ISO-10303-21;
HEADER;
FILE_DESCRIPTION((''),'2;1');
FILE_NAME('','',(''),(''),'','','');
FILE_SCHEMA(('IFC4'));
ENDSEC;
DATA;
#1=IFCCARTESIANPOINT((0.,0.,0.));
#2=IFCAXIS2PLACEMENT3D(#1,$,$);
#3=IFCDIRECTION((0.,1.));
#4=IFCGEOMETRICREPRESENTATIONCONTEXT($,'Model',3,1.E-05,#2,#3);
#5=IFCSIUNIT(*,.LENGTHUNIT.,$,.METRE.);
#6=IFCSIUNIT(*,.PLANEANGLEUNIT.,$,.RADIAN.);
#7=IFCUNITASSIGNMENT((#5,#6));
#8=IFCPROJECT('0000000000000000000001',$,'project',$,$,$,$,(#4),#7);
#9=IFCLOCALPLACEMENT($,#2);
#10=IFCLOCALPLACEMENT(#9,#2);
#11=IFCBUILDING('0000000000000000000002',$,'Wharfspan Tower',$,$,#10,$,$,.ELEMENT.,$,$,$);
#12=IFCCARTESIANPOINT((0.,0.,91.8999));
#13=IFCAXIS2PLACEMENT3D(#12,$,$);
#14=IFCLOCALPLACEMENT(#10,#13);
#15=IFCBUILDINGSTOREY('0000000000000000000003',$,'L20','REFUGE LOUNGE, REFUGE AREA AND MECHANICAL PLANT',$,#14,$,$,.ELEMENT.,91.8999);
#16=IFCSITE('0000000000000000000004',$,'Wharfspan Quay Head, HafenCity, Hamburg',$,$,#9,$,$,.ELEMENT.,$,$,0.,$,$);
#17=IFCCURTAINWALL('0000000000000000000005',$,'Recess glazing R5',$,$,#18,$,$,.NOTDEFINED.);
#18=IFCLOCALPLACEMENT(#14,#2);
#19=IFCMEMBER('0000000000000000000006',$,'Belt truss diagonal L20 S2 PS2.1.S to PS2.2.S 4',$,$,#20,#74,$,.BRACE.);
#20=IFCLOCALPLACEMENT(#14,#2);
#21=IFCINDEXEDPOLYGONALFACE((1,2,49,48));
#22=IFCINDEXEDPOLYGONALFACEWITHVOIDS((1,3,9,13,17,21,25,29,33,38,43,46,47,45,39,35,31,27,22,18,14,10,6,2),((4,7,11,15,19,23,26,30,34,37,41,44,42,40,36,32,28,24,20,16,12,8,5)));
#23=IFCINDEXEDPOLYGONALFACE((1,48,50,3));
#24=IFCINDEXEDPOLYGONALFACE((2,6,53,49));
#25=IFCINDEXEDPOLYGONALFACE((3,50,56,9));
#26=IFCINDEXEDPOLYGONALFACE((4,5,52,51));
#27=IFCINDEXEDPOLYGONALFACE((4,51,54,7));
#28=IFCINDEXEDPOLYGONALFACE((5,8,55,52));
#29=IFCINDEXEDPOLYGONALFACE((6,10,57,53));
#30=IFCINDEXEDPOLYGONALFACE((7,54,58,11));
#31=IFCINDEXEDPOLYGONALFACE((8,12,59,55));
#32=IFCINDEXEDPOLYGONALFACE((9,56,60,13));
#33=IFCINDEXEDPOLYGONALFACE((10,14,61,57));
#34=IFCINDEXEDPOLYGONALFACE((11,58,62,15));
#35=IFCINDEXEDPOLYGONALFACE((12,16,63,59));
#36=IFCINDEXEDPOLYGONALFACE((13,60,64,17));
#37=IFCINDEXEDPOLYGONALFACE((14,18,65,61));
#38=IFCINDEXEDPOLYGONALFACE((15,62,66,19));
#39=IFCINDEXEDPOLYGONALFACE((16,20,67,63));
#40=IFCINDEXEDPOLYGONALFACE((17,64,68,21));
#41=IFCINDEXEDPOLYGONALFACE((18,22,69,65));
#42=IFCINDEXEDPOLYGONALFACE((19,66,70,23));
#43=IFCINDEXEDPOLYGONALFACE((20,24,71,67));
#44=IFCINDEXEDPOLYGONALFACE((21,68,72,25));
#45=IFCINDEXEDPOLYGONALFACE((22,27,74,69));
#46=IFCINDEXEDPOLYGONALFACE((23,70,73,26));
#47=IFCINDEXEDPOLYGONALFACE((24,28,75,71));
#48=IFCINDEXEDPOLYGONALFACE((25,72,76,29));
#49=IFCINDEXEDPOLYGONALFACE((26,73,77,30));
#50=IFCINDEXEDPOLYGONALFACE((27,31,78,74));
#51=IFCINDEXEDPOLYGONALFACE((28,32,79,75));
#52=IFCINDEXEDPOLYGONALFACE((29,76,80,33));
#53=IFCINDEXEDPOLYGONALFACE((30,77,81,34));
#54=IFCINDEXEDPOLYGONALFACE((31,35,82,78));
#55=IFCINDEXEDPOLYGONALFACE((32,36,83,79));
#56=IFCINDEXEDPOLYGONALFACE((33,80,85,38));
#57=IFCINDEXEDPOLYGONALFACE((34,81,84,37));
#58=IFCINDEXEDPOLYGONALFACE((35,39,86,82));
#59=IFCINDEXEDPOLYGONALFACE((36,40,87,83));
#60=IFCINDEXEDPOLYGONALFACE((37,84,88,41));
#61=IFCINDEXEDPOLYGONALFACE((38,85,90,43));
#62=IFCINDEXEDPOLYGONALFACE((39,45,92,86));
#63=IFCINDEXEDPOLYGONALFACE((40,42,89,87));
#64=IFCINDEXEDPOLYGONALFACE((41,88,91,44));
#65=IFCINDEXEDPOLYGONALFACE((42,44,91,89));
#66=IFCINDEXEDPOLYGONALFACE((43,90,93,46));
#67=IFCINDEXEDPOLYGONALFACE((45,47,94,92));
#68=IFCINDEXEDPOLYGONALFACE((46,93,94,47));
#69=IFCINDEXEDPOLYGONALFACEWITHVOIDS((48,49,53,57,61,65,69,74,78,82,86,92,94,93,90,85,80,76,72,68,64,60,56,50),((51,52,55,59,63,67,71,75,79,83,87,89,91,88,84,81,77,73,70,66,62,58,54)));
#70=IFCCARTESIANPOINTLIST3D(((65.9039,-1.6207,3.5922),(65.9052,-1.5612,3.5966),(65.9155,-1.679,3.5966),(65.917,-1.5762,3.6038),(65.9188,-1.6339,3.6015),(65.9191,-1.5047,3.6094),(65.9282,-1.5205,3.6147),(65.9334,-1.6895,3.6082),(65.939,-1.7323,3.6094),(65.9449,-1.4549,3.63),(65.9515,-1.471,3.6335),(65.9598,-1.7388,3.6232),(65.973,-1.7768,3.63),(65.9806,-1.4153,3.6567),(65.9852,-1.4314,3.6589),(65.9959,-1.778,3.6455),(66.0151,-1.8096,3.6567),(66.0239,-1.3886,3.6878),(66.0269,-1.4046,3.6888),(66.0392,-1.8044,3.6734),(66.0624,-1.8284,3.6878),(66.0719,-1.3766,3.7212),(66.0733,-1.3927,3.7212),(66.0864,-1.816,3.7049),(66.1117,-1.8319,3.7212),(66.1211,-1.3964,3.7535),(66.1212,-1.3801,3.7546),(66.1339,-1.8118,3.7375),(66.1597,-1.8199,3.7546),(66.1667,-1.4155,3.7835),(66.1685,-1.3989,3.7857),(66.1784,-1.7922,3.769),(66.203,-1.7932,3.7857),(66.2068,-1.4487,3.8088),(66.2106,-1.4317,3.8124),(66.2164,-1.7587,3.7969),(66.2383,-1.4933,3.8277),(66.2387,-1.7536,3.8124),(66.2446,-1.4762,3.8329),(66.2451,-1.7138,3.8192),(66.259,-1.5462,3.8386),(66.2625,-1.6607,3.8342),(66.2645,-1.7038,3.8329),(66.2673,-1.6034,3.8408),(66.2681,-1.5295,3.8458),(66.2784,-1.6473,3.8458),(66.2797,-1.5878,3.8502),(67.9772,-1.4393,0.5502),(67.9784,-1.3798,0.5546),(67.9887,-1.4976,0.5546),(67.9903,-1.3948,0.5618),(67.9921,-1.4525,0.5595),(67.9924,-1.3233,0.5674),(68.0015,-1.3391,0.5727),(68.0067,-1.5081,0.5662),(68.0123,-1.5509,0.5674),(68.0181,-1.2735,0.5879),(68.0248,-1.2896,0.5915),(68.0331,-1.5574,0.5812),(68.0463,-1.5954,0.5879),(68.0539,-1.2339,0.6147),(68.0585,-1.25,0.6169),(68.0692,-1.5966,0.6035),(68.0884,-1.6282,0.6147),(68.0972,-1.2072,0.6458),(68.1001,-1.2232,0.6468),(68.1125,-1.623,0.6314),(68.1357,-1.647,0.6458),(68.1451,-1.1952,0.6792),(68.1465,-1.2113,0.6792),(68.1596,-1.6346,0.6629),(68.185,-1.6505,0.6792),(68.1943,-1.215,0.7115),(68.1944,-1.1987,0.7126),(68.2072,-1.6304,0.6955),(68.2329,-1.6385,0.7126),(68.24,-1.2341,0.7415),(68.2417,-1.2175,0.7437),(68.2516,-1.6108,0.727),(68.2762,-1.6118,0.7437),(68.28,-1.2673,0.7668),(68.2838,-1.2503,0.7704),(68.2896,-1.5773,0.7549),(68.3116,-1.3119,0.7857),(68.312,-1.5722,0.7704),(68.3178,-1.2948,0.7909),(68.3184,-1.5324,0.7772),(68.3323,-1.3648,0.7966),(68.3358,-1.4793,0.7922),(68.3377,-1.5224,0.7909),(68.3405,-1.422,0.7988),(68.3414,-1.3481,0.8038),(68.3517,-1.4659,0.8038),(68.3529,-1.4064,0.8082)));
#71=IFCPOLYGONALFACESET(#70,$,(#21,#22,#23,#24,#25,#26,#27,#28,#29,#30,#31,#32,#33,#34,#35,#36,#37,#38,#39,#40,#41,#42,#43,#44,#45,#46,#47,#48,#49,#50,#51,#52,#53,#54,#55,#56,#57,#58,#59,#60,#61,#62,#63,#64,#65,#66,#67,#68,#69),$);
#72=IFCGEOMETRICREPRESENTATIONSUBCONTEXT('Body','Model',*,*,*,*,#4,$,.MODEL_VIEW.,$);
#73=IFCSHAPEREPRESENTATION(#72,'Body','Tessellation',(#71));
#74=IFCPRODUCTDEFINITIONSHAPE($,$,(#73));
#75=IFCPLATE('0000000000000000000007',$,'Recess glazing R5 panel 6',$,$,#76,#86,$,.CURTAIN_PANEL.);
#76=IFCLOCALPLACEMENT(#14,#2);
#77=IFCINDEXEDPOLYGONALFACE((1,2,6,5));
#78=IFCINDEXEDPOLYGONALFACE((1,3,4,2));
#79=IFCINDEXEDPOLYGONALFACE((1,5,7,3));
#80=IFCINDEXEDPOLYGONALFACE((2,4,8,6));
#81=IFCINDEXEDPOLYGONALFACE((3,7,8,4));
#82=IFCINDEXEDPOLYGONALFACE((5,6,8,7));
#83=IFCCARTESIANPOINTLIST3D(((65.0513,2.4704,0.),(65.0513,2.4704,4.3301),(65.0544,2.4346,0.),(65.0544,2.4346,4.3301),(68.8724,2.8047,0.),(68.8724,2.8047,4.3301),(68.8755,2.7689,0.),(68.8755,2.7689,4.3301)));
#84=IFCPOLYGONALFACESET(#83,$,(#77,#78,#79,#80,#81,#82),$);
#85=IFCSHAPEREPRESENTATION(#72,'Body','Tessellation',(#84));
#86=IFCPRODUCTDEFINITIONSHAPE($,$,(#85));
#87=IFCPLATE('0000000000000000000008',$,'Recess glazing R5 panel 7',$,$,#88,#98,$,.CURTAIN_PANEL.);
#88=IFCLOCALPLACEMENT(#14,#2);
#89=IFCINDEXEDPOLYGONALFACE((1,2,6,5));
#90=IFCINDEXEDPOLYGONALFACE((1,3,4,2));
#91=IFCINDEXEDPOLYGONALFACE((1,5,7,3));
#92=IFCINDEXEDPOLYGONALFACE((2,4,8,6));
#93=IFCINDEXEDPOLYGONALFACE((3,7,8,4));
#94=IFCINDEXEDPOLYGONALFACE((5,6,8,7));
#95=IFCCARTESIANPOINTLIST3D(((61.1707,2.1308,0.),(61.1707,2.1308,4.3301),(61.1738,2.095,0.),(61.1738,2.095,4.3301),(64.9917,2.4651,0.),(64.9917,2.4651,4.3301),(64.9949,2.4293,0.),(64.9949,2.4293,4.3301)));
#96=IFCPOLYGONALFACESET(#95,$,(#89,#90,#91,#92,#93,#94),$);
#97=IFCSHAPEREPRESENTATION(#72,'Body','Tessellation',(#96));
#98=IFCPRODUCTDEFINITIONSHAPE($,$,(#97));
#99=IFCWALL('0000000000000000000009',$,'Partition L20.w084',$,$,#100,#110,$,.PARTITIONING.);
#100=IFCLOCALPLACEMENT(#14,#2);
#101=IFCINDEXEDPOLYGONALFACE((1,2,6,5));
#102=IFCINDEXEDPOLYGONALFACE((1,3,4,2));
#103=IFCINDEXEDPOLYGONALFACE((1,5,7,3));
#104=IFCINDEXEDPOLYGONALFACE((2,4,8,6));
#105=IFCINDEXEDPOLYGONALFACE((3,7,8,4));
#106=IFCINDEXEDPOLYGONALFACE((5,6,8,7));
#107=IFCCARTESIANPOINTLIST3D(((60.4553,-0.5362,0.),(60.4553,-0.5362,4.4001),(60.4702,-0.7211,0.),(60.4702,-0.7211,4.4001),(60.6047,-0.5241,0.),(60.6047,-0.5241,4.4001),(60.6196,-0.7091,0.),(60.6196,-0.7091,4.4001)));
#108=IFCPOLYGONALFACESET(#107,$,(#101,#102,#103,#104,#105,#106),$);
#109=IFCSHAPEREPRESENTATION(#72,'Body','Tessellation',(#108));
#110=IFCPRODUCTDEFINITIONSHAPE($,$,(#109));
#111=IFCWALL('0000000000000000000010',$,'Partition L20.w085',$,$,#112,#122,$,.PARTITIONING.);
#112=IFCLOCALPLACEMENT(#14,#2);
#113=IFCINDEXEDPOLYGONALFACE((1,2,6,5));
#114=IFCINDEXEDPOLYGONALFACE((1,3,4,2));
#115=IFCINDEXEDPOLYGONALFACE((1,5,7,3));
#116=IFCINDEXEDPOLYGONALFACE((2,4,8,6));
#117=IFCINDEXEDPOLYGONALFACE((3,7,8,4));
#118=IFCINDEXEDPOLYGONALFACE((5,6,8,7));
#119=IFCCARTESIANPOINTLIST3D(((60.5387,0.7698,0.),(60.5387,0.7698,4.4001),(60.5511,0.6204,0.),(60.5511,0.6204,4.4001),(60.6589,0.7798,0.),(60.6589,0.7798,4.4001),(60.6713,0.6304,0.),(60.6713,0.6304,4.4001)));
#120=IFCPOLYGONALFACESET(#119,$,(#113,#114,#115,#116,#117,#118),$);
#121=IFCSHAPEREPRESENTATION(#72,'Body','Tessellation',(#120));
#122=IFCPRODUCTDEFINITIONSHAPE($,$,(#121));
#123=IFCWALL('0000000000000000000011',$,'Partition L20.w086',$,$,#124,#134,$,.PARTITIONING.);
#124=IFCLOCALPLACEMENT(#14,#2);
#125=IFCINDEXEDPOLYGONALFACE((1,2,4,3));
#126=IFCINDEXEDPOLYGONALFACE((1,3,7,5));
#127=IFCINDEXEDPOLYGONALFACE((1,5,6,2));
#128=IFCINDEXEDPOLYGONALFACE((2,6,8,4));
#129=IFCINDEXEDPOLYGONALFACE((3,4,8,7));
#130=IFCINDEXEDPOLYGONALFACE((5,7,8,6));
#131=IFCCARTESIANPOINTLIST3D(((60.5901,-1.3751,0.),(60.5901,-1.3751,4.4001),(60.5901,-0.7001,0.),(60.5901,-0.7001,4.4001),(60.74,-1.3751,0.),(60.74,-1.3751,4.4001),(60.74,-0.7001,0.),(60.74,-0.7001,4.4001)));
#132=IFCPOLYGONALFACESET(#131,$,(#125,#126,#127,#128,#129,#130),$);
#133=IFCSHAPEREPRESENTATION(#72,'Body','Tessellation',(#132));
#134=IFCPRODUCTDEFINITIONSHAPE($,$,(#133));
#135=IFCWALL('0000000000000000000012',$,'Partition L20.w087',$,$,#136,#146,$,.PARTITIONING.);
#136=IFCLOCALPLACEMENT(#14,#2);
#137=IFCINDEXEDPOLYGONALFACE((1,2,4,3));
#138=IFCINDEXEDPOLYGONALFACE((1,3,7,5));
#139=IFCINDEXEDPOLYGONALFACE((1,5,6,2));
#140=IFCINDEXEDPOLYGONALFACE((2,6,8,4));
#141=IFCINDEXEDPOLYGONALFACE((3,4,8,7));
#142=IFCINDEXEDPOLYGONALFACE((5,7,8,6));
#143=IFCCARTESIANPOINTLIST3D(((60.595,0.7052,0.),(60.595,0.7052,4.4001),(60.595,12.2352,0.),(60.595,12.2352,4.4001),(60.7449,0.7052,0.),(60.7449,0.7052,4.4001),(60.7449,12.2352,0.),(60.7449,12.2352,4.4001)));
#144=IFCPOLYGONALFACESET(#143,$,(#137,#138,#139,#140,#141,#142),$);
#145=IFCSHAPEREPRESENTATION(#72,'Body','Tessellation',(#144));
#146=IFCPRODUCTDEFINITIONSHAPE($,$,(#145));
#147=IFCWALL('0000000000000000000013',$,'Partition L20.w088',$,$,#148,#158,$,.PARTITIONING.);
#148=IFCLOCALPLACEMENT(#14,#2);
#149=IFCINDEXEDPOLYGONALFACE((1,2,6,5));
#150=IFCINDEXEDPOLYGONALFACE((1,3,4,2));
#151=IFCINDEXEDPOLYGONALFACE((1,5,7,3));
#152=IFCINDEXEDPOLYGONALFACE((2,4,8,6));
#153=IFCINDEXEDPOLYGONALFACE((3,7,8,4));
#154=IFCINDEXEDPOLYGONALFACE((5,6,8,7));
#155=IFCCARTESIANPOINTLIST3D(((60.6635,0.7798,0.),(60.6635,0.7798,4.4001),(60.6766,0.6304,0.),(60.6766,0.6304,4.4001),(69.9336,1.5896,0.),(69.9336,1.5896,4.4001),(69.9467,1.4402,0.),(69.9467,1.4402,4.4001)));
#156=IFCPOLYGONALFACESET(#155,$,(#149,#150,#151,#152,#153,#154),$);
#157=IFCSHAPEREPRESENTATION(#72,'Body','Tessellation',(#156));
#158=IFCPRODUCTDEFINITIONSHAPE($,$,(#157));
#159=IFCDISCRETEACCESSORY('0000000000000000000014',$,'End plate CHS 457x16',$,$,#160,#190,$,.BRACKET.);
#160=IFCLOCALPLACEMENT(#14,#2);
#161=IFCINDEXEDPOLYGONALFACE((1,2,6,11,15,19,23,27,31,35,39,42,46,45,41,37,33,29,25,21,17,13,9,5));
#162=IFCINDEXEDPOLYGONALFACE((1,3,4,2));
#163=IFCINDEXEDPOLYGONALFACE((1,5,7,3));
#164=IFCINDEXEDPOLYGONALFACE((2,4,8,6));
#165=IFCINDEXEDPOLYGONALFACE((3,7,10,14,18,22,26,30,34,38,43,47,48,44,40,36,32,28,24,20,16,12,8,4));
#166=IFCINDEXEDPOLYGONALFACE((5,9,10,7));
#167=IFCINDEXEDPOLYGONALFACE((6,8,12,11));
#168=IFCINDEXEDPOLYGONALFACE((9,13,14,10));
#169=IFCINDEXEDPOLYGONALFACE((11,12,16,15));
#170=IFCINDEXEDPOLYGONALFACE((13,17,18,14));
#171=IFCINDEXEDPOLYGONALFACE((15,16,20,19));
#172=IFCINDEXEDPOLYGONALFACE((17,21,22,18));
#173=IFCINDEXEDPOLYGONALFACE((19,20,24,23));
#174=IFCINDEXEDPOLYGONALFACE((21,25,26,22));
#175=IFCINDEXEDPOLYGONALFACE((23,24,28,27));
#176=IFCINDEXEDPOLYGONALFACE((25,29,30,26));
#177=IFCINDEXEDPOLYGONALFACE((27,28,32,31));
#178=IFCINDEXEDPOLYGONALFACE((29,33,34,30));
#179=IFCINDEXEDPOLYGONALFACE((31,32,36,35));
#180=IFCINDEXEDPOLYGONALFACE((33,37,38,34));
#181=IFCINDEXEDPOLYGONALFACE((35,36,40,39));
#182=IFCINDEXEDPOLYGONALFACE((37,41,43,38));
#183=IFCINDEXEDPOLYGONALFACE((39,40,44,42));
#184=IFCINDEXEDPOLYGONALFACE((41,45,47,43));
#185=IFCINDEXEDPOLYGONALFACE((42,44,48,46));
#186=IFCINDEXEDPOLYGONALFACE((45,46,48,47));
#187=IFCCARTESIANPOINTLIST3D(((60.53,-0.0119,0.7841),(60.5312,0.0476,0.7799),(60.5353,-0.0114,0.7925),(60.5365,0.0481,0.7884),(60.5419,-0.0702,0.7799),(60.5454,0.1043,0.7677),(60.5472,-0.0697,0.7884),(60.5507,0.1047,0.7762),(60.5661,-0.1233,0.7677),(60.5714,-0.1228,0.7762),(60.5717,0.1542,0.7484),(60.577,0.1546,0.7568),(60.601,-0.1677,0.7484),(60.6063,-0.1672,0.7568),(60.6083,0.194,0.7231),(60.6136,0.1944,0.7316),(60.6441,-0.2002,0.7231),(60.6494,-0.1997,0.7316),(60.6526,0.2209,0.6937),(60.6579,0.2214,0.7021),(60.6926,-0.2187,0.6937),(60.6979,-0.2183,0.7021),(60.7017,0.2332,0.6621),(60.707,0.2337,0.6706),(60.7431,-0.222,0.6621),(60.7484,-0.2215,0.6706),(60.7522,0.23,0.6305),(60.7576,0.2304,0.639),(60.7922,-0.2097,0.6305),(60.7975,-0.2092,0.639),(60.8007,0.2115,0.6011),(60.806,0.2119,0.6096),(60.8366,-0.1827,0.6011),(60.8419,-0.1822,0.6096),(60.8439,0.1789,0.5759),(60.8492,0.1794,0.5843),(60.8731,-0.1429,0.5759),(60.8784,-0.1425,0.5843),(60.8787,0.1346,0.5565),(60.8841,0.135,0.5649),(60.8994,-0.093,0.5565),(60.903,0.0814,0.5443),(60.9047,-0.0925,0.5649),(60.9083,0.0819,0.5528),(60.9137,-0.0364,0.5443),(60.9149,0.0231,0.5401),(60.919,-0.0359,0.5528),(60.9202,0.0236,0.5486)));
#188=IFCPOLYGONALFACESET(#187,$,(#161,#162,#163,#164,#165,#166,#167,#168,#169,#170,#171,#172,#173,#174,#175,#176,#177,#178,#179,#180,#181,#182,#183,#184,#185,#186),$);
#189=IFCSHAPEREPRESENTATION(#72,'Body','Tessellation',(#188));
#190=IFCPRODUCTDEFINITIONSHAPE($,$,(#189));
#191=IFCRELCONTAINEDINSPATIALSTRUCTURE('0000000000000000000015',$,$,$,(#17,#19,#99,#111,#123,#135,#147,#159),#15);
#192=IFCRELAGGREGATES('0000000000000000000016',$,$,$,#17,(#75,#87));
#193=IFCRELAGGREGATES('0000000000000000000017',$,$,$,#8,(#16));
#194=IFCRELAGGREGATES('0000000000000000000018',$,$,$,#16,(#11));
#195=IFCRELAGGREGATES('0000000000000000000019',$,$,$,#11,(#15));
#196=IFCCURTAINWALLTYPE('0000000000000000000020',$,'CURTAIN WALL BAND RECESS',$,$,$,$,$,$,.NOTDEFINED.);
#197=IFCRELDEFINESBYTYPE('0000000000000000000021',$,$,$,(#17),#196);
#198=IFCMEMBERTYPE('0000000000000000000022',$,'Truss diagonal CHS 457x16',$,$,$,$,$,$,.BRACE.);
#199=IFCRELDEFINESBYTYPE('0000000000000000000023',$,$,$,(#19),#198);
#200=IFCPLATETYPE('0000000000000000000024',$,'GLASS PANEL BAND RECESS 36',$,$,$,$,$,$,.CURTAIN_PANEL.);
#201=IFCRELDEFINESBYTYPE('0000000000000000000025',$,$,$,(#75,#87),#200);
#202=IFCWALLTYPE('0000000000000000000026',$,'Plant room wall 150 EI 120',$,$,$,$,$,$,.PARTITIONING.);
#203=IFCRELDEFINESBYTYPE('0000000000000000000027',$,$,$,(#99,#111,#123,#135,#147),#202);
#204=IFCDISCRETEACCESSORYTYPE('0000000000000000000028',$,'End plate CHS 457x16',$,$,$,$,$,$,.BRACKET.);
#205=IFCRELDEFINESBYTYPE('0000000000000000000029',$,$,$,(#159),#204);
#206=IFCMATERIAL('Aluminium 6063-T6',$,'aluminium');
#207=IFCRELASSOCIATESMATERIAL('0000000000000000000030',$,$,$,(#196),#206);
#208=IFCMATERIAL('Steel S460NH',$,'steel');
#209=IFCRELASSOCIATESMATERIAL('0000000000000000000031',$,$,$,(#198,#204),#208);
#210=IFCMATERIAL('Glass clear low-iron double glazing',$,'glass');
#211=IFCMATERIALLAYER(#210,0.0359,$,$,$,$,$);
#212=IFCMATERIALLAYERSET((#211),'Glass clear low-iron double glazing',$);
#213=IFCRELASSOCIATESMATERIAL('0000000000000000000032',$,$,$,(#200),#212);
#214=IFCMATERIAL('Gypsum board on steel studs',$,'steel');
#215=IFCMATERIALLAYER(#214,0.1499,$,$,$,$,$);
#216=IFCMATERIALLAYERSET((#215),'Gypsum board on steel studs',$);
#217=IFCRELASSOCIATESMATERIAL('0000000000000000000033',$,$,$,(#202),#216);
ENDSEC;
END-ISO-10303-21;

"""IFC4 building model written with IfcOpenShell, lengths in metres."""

from ifc_helpers import new_model, si_unit, direction, frame, frame_2d, origin, origin_2d, place, context, subcontext, project, spatial, rectangle, circle, hollow_circle, extrude, material, layer, layer_set, material_profile, profile_set, type_object, element, aggregate, save


model = new_model("IFC4")

# Units and contexts
model_context = context("Model", 3, precision=1e-05, world=origin(), true_north=direction((0.0, 1.0)))
body_context = subcontext(model_context, "Body", "Model", "MODEL_VIEW")
ifc_project = project(units=[si_unit("LENGTHUNIT", "METRE"), si_unit("PLANEANGLEUNIT", "RADIAN")], contexts=[model_context])

# Site, building, storey
site_placement = place(None, origin())
site = spatial("IfcSite", under=ifc_project, at=site_placement, Name="Wharfspan Quay Head, HafenCity, Hamburg", CompositionType="ELEMENT", RefElevation=0.0)
building_placement = place(site_placement, origin())
building = spatial("IfcBuilding", under=site, at=building_placement, Name="Wharfspan Tower", CompositionType="ELEMENT")
storey_placement = place(building_placement, frame((0.0, 0.0, 91.8999)))
storey = spatial("IfcBuildingStorey", under=building, at=storey_placement, Name="L20", Description="REFUGE LOUNGE, REFUGE AREA AND MECHANICAL PLANT", CompositionType="ELEMENT", Elevation=91.8999)

# Curtain wall
ifc_material_1 = material(Name="Aluminium 6063-T6", Category="aluminium")
curtain_wall_type = type_object("IfcCurtainWallType", Name="CURTAIN WALL BAND RECESS", PredefinedType="NOTDEFINED", material=ifc_material_1)
curtain_wall_placement = place(storey_placement, origin())
curtain_wall = element("IfcCurtainWall", 1, at=curtain_wall_placement, inside=storey, type_object=curtain_wall_type, Name="Recess glazing R5", PredefinedType="NOTDEFINED")

# Member
ifc_material_2 = material(Name="Steel S460NH", Category="steel")
ifc_material_profile_1 = material_profile(ifc_material_2, hollow_circle(Radius=0.2285, WallThickness=0.0161, at=origin_2d()))
ifc_profile_set_1 = profile_set([ifc_material_profile_1], Name="Steel S460NH")
member_type_1 = type_object("IfcMemberType", Name="Truss diagonal CHS 457x16", PredefinedType="BRACE", material=ifc_profile_set_1)
for number, where, z_axis, x_axis, name in (
    (2, (66.0918, -1.6042, 3.7212), (0.562498, 0.049215, -0.825333), (-0.087159, 0.996192, 0.000001), "Belt truss diagonal L20 S2 PS2.1.S to PS2.2.S 4"),
):
    element("IfcMember", number, at=place(storey_placement, frame(where, z_axis=z_axis, x_axis=x_axis)), inside=storey, type_object=member_type_1, Name=name, PredefinedType="BRACE", context=body_context, shape_type="SweptSolid", body=[
        extrude(hollow_circle(Radius=0.2285, WallThickness=0.0161, at=origin_2d()), origin(), (0.0, 0.0, 1.0), 3.6858),
    ])

# Plates
ifc_material_3 = material(Name="Glass clear low-iron double glazing", Category="glass")
ifc_layer_1 = layer(ifc_material_3, 0.0359)
ifc_layer_set_1 = layer_set([ifc_layer_1], Name="Glass clear low-iron double glazing")
plate_type = type_object("IfcPlateType", Name="GLASS PANEL BAND RECESS 36", PredefinedType="CURTAIN_PANEL", material=ifc_layer_set_1)
plate_1_placement = place(storey_placement, frame((66.9634, 2.6196, 0.0), z_axis=(0.0, 0.0, 1.0), x_axis=(-0.996198, -0.087156, 0.0)))
plate_1 = element("IfcPlate", 3, at=plate_1_placement, type_object=plate_type, Name="Recess glazing R5 panel 6", PredefinedType="CURTAIN_PANEL", context=body_context, shape_type="SweptSolid", body=[
    extrude(rectangle(XDim=3.8357, YDim=0.0359, at=origin_2d()), origin(), (0.0, 0.0, 1.0), 4.3301),
])
plate_2_placement = place(storey_placement, frame((63.0828, 2.28, 0.0), z_axis=(0.0, 0.0, 1.0), x_axis=(-0.996198, -0.087156, 0.0)))
plate_2 = element("IfcPlate", 4, at=plate_2_placement, type_object=plate_type, Name="Recess glazing R5 panel 7", PredefinedType="CURTAIN_PANEL", context=body_context, shape_type="SweptSolid", body=[
    extrude(rectangle(XDim=3.8357, YDim=0.0359, at=origin_2d()), origin(), (0.0, 0.0, 1.0), 4.3301),
])
aggregate(curtain_wall, [plate_1, plate_2])

# Walls
ifc_material_4 = material(Name="Gypsum board on steel studs", Category="steel")
ifc_layer_2 = layer(ifc_material_4, 0.1499)
ifc_layer_set_2 = layer_set([ifc_layer_2], Name="Gypsum board on steel studs")
wall_type = type_object("IfcWallType", Name="Plant room wall 150 EI 120", PredefinedType="PARTITIONING", material=ifc_layer_set_2)
wall_1_placement = place(storey_placement, frame((60.5449, -0.7151, 0.0), z_axis=(0.0, 0.0, 1.0), x_axis=(-0.080216, 0.996782, 0.0)))
element("IfcWall", 5, at=wall_1_placement, inside=storey, type_object=wall_type, Name="Partition L20.w084", PredefinedType="PARTITIONING", context=body_context, shape_type="SweptSolid", body=[
    extrude(rectangle(XDim=0.1855, YDim=0.1499, at=frame_2d((0.0928, 0.0))), origin(), (0.0, 0.0, 1.0), 4.4001),
])
wall_2_placement = place(storey_placement, frame((60.5449, 0.6951, 0.0), z_axis=(0.0, 0.0, 1.0), x_axis=(0.996542, 0.083045, 0.0)))
element("IfcWall", 6, at=wall_2_placement, inside=storey, type_object=wall_type, Name="Partition L20.w085", PredefinedType="PARTITIONING", context=body_context, shape_type="SweptSolid", body=[
    extrude(rectangle(XDim=0.1206, YDim=0.1499, at=frame_2d((0.0603, 0.0))), origin(), (0.0, 0.0, 1.0), 4.4001),
])
wall_3_placement = place(storey_placement, frame((60.665, -1.375, 0.0), z_axis=(0.0, 0.0, 1.0), x_axis=(0.0, 1.0, 0.0)))
element("IfcWall", 7, at=wall_3_placement, inside=storey, type_object=wall_type, Name="Partition L20.w086", PredefinedType="PARTITIONING", context=body_context, shape_type="SweptSolid", body=[
    extrude(rectangle(XDim=0.675, YDim=0.1499, at=frame_2d((0.3374, 0.0))), origin(), (0.0, 0.0, 1.0), 4.4001),
])
wall_4_placement = place(storey_placement, frame((60.6699, 0.7051, 0.0), z_axis=(0.0, 0.0, 1.0), x_axis=(0.0, 1.0, 0.0)))
element("IfcWall", 8, at=wall_4_placement, inside=storey, type_object=wall_type, Name="Partition L20.w087", PredefinedType="PARTITIONING", context=body_context, shape_type="SweptSolid", body=[
    extrude(rectangle(XDim=11.53, YDim=0.1499, at=frame_2d((5.7651, 0.0))), origin(), (0.0, 0.0, 1.0), 4.4001),
])
wall_5_placement = place(storey_placement, frame((60.6699, 0.7051, 0.0), z_axis=(0.0, 0.0, 1.0), x_axis=(0.996206, 0.087027, 0.0)))
element("IfcWall", 9, at=wall_5_placement, inside=storey, type_object=wall_type, Name="Partition L20.w088", PredefinedType="PARTITIONING", context=body_context, shape_type="SweptSolid", body=[
    extrude(rectangle(XDim=9.3054, YDim=0.1499, at=frame_2d((4.6528, 0.0))), origin(), (0.0, 0.0, 1.0), 4.4001),
])

# Discrete accessory
ifc_material_profile_2 = material_profile(ifc_material_2, circle(Radius=0.2285, at=origin_2d()))
ifc_profile_set_2 = profile_set([ifc_material_profile_2], Name="Steel S460NH")
discrete_accessory_type = type_object("IfcDiscreteAccessoryType", Name="End plate CHS 457x16", PredefinedType="BRACKET", material=ifc_profile_set_2)
discrete_accessory_placement = place(storey_placement, frame((60.7224, 0.0056, 0.6621), z_axis=(0.53155, 0.048323, 0.845647), x_axis=(-0.090535, 0.995897, -0.000001)))
element("IfcDiscreteAccessory", 10, at=discrete_accessory_placement, inside=storey, type_object=discrete_accessory_type, Name="End plate CHS 457x16", PredefinedType="BRACKET", context=body_context, shape_type="SweptSolid", body=[
    extrude(circle(Radius=0.2285, at=origin_2d()), origin(), (0.0, 0.0, 1.0), 0.01),
])

save(model, "model.ifc")
